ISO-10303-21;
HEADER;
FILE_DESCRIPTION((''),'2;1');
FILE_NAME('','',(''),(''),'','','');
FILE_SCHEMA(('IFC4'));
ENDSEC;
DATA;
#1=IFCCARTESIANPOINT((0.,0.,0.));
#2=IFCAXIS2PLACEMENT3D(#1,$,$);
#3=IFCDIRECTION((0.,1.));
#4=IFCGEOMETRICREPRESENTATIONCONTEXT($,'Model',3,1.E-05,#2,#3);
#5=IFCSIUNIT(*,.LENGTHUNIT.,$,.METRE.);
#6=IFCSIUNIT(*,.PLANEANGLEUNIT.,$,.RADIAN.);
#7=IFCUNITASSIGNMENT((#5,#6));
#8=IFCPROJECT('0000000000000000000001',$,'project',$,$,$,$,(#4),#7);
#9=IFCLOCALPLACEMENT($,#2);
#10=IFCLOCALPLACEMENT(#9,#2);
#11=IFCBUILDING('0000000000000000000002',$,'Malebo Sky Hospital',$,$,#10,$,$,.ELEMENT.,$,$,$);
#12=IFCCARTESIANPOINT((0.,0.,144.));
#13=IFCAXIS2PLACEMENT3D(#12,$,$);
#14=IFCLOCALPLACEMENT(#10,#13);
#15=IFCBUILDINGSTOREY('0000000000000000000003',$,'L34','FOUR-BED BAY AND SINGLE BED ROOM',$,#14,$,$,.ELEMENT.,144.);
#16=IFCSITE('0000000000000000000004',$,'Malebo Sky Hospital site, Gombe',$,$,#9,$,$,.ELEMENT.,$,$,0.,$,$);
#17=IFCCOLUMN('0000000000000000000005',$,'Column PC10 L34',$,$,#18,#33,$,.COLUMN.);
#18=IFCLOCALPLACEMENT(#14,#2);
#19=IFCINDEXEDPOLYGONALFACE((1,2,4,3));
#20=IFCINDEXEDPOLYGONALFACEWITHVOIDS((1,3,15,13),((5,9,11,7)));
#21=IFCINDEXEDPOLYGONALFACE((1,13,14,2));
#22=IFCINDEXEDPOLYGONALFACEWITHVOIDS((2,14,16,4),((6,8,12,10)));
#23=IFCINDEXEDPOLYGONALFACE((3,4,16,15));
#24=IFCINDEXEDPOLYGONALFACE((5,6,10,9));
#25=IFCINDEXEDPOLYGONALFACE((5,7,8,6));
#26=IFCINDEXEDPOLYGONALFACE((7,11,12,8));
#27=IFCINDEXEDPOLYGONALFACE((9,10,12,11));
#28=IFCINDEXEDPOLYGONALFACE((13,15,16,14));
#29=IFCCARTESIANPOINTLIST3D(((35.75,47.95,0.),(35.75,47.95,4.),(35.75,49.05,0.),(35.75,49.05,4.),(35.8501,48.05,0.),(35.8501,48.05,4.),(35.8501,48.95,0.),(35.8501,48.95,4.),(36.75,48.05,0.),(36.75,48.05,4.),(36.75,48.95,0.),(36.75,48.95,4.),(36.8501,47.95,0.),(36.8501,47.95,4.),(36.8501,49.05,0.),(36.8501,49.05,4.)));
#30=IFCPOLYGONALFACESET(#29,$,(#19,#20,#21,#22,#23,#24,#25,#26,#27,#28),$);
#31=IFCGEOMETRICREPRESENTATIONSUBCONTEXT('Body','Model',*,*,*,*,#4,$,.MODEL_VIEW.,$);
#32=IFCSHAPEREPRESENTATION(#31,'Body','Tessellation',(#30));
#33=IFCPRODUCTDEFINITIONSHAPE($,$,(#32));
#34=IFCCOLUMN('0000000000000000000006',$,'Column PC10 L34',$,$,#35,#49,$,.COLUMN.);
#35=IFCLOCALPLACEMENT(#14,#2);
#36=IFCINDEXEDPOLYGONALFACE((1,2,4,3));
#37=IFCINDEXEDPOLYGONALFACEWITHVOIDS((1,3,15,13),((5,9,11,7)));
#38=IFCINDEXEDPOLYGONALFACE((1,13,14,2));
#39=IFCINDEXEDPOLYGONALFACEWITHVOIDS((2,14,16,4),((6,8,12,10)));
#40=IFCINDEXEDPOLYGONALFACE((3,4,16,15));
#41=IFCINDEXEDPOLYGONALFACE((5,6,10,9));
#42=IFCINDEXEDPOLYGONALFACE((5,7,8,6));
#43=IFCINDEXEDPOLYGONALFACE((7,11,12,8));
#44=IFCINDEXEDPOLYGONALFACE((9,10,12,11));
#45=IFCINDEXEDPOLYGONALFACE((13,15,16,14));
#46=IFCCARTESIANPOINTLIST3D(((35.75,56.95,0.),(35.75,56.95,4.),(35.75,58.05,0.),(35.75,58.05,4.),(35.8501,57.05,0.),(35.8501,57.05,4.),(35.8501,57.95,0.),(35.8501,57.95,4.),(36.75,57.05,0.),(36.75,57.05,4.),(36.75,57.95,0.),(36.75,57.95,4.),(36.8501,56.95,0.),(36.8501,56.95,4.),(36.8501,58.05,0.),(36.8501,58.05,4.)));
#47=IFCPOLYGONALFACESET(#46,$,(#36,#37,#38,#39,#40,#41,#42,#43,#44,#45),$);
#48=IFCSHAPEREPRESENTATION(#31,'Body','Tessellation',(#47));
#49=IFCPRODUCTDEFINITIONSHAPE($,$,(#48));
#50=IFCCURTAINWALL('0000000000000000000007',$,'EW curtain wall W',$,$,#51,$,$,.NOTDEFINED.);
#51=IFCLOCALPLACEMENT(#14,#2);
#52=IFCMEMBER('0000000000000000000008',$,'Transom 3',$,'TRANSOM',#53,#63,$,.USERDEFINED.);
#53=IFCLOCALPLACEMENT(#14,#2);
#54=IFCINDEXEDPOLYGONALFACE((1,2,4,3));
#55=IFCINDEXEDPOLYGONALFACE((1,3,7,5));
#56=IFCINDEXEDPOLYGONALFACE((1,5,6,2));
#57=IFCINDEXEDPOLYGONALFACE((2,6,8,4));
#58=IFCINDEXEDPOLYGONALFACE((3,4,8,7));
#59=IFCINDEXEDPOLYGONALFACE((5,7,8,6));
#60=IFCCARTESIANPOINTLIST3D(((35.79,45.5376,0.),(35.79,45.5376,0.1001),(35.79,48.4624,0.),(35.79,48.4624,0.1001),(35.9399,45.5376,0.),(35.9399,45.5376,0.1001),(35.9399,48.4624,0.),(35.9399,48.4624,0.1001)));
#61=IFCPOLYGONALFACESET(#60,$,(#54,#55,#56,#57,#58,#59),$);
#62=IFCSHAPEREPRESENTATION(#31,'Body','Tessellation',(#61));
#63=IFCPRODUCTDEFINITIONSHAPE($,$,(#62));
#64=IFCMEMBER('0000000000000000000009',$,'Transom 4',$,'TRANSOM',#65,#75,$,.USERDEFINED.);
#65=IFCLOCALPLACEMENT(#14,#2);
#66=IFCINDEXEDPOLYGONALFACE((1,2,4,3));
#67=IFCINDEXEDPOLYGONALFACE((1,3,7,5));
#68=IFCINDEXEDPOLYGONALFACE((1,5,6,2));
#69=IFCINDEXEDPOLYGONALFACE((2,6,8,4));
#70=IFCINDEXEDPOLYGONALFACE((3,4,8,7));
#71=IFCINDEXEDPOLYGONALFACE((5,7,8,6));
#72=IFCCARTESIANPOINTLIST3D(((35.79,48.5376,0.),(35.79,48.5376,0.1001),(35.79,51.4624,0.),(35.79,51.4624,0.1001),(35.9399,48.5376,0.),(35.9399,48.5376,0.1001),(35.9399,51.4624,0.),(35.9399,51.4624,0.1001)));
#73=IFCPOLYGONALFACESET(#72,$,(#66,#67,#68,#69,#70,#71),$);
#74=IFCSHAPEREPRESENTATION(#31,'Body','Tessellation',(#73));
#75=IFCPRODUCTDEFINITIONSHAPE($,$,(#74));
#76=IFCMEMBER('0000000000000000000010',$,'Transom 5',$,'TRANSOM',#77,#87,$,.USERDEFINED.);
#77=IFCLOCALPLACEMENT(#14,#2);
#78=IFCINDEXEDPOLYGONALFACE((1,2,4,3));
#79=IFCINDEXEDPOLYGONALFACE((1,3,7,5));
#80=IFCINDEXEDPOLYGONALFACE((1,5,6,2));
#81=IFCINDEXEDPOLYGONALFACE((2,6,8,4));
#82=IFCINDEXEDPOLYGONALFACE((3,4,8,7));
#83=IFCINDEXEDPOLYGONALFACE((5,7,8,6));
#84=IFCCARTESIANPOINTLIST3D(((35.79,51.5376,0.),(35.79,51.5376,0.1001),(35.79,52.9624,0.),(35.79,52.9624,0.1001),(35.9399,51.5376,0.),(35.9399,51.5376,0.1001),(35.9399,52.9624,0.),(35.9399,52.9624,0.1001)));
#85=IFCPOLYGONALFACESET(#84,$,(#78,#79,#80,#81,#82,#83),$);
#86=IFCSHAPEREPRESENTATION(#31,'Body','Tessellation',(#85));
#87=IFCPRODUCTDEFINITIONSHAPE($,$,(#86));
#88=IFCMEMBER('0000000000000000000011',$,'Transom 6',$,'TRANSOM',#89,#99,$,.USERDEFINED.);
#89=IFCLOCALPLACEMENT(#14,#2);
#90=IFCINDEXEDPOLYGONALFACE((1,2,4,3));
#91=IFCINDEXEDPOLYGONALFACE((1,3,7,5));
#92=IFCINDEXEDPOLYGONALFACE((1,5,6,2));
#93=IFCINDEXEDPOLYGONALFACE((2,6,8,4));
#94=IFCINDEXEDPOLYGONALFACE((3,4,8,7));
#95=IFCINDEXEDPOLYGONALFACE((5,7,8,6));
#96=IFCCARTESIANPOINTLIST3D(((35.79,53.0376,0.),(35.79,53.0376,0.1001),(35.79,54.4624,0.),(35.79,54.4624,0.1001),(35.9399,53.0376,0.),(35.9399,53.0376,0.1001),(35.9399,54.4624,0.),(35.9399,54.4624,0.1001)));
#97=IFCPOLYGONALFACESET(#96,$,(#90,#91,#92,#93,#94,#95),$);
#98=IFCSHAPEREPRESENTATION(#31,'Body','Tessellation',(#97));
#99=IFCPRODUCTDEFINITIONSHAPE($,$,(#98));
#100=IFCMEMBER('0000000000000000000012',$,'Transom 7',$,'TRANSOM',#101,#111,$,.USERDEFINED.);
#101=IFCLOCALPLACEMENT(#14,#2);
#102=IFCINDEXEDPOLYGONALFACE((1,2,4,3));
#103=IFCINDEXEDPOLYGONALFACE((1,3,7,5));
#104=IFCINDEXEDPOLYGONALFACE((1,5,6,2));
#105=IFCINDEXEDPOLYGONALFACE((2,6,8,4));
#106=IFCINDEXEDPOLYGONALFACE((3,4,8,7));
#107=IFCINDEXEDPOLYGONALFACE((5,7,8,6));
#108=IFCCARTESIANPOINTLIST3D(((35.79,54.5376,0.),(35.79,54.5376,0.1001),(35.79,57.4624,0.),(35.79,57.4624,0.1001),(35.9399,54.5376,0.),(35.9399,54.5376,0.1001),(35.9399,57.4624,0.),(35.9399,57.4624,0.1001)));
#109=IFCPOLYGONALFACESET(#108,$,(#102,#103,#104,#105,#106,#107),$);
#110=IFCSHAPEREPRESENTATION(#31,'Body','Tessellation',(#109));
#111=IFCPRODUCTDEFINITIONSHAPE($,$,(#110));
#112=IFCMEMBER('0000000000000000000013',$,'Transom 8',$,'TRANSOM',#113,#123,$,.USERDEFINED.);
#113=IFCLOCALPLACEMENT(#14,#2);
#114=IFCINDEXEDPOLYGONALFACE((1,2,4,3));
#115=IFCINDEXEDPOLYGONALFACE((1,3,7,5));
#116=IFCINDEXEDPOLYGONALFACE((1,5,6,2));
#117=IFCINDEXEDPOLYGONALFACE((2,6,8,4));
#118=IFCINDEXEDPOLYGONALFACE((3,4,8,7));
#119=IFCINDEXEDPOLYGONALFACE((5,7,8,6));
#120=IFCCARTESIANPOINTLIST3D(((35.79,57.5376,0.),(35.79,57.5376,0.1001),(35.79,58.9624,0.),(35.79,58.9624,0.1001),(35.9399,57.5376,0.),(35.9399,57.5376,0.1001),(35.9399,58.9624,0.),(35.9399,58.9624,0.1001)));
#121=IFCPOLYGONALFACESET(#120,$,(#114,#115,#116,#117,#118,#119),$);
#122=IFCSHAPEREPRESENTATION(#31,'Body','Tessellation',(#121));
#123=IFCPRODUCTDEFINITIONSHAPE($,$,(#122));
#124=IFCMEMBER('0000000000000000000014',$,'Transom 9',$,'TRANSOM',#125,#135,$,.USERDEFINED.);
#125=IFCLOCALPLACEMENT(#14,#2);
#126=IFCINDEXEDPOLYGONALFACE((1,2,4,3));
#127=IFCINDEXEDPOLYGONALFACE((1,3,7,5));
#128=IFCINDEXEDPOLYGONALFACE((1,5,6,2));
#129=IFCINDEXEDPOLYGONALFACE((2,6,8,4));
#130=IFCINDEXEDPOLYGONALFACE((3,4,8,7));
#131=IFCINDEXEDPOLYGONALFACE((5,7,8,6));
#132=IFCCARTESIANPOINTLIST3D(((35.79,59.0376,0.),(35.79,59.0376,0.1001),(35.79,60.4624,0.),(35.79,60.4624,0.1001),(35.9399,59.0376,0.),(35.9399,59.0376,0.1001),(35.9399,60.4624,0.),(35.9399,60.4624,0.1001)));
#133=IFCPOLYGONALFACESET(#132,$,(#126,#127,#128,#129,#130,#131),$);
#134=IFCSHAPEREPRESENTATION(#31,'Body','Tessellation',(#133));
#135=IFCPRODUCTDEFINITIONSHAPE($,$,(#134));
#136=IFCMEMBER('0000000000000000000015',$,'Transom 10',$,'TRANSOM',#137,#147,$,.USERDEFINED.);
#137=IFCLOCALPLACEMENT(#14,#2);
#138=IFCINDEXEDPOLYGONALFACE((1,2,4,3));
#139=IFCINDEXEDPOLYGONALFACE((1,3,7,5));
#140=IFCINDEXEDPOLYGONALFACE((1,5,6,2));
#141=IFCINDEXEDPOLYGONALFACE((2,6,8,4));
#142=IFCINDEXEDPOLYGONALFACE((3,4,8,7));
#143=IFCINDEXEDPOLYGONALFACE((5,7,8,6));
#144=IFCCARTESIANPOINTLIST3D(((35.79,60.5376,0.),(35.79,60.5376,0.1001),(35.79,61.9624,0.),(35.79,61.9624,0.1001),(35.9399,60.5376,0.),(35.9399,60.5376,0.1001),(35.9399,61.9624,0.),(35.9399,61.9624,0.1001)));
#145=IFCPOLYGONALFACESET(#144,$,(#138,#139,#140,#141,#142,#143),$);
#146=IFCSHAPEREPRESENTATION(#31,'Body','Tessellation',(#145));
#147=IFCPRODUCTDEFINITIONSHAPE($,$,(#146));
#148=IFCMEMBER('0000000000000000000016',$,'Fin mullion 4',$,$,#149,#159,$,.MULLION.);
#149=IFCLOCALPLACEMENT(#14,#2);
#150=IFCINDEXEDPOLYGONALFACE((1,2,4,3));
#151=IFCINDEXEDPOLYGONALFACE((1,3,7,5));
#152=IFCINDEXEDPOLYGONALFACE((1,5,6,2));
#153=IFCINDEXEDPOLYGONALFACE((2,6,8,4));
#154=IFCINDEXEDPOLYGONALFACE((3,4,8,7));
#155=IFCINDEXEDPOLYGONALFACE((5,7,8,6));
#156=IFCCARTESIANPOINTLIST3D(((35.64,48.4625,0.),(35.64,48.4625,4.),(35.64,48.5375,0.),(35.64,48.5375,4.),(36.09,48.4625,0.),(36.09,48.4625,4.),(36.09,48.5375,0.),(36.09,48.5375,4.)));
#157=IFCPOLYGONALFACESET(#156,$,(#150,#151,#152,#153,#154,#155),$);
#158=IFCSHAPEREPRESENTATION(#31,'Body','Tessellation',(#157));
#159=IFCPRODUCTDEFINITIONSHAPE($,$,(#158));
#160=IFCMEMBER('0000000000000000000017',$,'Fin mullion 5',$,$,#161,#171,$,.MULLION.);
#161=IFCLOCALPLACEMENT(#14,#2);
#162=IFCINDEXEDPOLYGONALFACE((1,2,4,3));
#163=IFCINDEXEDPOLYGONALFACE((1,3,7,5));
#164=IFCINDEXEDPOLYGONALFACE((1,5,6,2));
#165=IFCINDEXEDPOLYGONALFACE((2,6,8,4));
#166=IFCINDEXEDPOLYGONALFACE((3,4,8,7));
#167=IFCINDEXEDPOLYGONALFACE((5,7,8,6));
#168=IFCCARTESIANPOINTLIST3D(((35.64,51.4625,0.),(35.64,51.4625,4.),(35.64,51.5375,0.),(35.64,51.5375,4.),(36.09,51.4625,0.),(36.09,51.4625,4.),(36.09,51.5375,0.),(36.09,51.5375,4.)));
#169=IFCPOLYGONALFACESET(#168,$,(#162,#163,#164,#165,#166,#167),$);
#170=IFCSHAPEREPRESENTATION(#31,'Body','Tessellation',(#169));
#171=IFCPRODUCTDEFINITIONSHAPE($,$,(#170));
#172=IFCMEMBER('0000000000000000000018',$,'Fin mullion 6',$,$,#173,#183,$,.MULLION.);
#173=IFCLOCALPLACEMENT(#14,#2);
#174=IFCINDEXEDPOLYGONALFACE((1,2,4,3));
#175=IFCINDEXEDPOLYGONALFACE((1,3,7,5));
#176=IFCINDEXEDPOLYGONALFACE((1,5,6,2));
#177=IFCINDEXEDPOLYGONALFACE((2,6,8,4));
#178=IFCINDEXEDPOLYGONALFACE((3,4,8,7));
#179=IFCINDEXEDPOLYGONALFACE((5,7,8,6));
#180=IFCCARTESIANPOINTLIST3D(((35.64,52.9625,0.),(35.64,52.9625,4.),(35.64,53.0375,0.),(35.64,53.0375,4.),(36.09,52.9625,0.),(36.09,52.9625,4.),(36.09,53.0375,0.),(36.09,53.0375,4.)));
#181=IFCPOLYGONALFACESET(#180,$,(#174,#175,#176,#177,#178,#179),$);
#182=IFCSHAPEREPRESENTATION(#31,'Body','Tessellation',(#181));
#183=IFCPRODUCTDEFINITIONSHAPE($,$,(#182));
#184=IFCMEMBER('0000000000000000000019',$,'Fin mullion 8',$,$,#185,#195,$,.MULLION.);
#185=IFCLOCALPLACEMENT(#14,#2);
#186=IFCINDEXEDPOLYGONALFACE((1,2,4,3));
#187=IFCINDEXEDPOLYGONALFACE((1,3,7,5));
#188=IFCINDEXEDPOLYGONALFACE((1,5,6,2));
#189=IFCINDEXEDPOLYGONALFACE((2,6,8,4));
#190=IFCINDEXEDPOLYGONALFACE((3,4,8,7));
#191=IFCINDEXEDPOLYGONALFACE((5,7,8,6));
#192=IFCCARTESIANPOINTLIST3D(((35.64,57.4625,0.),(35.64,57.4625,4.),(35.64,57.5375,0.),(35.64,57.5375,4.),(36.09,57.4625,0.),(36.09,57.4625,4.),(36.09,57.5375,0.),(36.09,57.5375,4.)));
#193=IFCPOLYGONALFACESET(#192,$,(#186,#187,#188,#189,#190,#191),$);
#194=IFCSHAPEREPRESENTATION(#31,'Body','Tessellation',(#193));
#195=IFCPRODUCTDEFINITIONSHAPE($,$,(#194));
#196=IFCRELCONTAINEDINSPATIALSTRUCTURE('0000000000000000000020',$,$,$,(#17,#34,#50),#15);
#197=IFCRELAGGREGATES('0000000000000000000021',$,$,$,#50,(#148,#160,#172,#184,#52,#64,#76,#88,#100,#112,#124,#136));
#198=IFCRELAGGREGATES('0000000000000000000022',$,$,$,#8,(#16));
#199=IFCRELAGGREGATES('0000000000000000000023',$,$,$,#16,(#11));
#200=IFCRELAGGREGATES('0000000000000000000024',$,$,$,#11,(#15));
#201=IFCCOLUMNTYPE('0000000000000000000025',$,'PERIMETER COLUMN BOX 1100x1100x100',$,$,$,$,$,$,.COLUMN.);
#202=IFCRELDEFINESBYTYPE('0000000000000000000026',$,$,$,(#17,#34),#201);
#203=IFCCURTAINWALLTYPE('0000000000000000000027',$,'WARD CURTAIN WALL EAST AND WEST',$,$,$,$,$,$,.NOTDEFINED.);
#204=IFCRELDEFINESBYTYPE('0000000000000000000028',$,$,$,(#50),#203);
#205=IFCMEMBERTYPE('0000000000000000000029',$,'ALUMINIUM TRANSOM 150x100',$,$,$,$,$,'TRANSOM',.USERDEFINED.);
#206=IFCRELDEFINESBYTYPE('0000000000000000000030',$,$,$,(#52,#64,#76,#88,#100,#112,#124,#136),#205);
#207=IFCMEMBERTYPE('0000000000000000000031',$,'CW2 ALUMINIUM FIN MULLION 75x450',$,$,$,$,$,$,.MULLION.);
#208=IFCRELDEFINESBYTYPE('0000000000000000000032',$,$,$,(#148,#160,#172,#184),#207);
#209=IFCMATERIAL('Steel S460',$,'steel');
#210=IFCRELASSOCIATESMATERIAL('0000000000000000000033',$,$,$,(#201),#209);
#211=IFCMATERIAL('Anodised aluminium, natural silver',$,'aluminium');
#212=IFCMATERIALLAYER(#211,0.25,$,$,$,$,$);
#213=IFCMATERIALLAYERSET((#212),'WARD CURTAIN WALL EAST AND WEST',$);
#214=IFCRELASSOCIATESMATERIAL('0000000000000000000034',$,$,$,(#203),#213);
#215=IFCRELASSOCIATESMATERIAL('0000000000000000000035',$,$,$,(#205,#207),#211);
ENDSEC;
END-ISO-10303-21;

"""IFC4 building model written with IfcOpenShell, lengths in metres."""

from ifc_helpers import new_model, si_unit, direction, frame, origin, origin_2d, place, context, subcontext, project, spatial, rectangle, hollow_rectangle, extrude, material, layer, layer_set, material_profile, profile_set, type_object, element, aggregate, save


model = new_model("IFC4")

# Units and contexts
model_context = context("Model", 3, precision=1e-05, world=origin(), true_north=direction((0.0, 1.0)))
body_context = subcontext(model_context, "Body", "Model", "MODEL_VIEW")
ifc_project = project(units=[si_unit("LENGTHUNIT", "METRE"), si_unit("PLANEANGLEUNIT", "RADIAN")], contexts=[model_context])

# Site, building, storey
site_placement = place(None, origin())
site = spatial("IfcSite", under=ifc_project, at=site_placement, Name="Malebo Sky Hospital site, Gombe", CompositionType="ELEMENT", RefElevation=0.0)
building_placement = place(site_placement, origin())
building = spatial("IfcBuilding", under=site, at=building_placement, Name="Malebo Sky Hospital", CompositionType="ELEMENT")
storey_placement = place(building_placement, frame((0.0, 0.0, 144.0)))
storey = spatial("IfcBuildingStorey", under=building, at=storey_placement, Name="L34", Description="FOUR-BED BAY AND SINGLE BED ROOM", CompositionType="ELEMENT", Elevation=144.0)

# Columns
ifc_material_1 = material(Name="Steel S460", Category="steel")
ifc_material_profile_1 = material_profile(ifc_material_1, hollow_rectangle(XDim=1.1001, YDim=1.1001, WallThickness=0.1001, at=origin_2d()), Name="BOX 1100x1100x100")
ifc_profile_set_1 = profile_set([ifc_material_profile_1], Name="Steel S460")
column_type = type_object("IfcColumnType", Name="PERIMETER COLUMN BOX 1100x1100x100", PredefinedType="COLUMN", material=ifc_profile_set_1)
for number, where, z_axis, x_axis, name in (
    (1, (36.3, 48.5, 0.0), (0.0, 0.0, 1.0), (1.0, 0.0, 0.0), "Column PC10 L34"),
    (2, (36.3, 57.5, 0.0), (0.0, 0.0, 1.0), (1.0, 0.0, 0.0), "Column PC10 L34"),
):
    element("IfcColumn", number, at=place(storey_placement, frame(where, z_axis=z_axis, x_axis=x_axis)), inside=storey, type_object=column_type, Name=name, PredefinedType="COLUMN", context=body_context, shape_type="SweptSolid", body=[
        extrude(hollow_rectangle(XDim=1.1001, YDim=1.1001, WallThickness=0.1001, at=origin_2d()), origin(), (0.0, 0.0, 1.0), 4.0),
    ])

# Curtain wall, members
ifc_material_2 = material(Name="Anodised aluminium, natural silver", Category="aluminium")
ifc_layer_1 = layer(ifc_material_2, 0.25)
ifc_layer_set_1 = layer_set([ifc_layer_1], Name="WARD CURTAIN WALL EAST AND WEST")
curtain_wall_type = type_object("IfcCurtainWallType", Name="WARD CURTAIN WALL EAST AND WEST", PredefinedType="NOTDEFINED", material=ifc_layer_set_1)
curtain_wall_placement = place(storey_placement, origin())
curtain_wall = element("IfcCurtainWall", 3, at=curtain_wall_placement, inside=storey, type_object=curtain_wall_type, Name="EW curtain wall W", PredefinedType="NOTDEFINED")
ifc_material_profile_2 = material_profile(ifc_material_2, rectangle(XDim=0.1499, YDim=0.1001, at=origin_2d()), Name="ALUMINIUM TRANSOM 150x100")
ifc_profile_set_2 = profile_set([ifc_material_profile_2], Name="Anodised aluminium, natural silver")
member_type_1 = type_object("IfcMemberType", Name="ALUMINIUM TRANSOM 150x100", ElementType="TRANSOM", PredefinedType="USERDEFINED", material=ifc_profile_set_2)
member_1_placement = place(storey_placement, frame((35.865, 45.5376, 0.05), z_axis=(0.0, 1.0, 0.0), x_axis=(-1.0, 0.0, 0.0)))
member_1 = element("IfcMember", 4, at=member_1_placement, type_object=member_type_1, Name="Transom 3", ObjectType="TRANSOM", PredefinedType="USERDEFINED", context=body_context, shape_type="SweptSolid", body=[
    extrude(rectangle(XDim=0.1499, YDim=0.1001, at=origin_2d()), origin(), (0.0, 0.0, 1.0), 2.9248),
])
member_2_placement = place(storey_placement, frame((35.865, 48.5376, 0.05), z_axis=(0.0, 1.0, 0.0), x_axis=(-1.0, 0.0, 0.0)))
member_2 = element("IfcMember", 5, at=member_2_placement, type_object=member_type_1, Name="Transom 4", ObjectType="TRANSOM", PredefinedType="USERDEFINED", context=body_context, shape_type="SweptSolid", body=[
    extrude(rectangle(XDim=0.1499, YDim=0.1001, at=origin_2d()), origin(), (0.0, 0.0, 1.0), 2.9248),
])
member_3_placement = place(storey_placement, frame((35.865, 51.5376, 0.05), z_axis=(0.0, 1.0, 0.0), x_axis=(-1.0, 0.0, 0.0)))
member_3 = element("IfcMember", 6, at=member_3_placement, type_object=member_type_1, Name="Transom 5", ObjectType="TRANSOM", PredefinedType="USERDEFINED", context=body_context, shape_type="SweptSolid", body=[
    extrude(rectangle(XDim=0.1499, YDim=0.1001, at=origin_2d()), origin(), (0.0, 0.0, 1.0), 1.4248),
])
member_4_placement = place(storey_placement, frame((35.865, 53.0376, 0.05), z_axis=(0.0, 1.0, 0.0), x_axis=(-1.0, 0.0, 0.0)))
member_4 = element("IfcMember", 7, at=member_4_placement, type_object=member_type_1, Name="Transom 6", ObjectType="TRANSOM", PredefinedType="USERDEFINED", context=body_context, shape_type="SweptSolid", body=[
    extrude(rectangle(XDim=0.1499, YDim=0.1001, at=origin_2d()), origin(), (0.0, 0.0, 1.0), 1.4248),
])
member_5_placement = place(storey_placement, frame((35.865, 54.5376, 0.05), z_axis=(0.0, 1.0, 0.0), x_axis=(-1.0, 0.0, 0.0)))
member_5 = element("IfcMember", 8, at=member_5_placement, type_object=member_type_1, Name="Transom 7", ObjectType="TRANSOM", PredefinedType="USERDEFINED", context=body_context, shape_type="SweptSolid", body=[
    extrude(rectangle(XDim=0.1499, YDim=0.1001, at=origin_2d()), origin(), (0.0, 0.0, 1.0), 2.9248),
])
member_6_placement = place(storey_placement, frame((35.865, 57.5376, 0.05), z_axis=(0.0, 1.0, 0.0), x_axis=(-1.0, 0.0, 0.0)))
member_6 = element("IfcMember", 9, at=member_6_placement, type_object=member_type_1, Name="Transom 8", ObjectType="TRANSOM", PredefinedType="USERDEFINED", context=body_context, shape_type="SweptSolid", body=[
    extrude(rectangle(XDim=0.1499, YDim=0.1001, at=origin_2d()), origin(), (0.0, 0.0, 1.0), 1.4248),
])
member_7_placement = place(storey_placement, frame((35.865, 59.0376, 0.05), z_axis=(0.0, 1.0, 0.0), x_axis=(-1.0, 0.0, 0.0)))
member_7 = element("IfcMember", 10, at=member_7_placement, type_object=member_type_1, Name="Transom 9", ObjectType="TRANSOM", PredefinedType="USERDEFINED", context=body_context, shape_type="SweptSolid", body=[
    extrude(rectangle(XDim=0.1499, YDim=0.1001, at=origin_2d()), origin(), (0.0, 0.0, 1.0), 1.4248),
])
member_8_placement = place(storey_placement, frame((35.865, 60.5376, 0.05), z_axis=(0.0, 1.0, 0.0), x_axis=(-1.0, 0.0, 0.0)))
member_8 = element("IfcMember", 11, at=member_8_placement, type_object=member_type_1, Name="Transom 10", ObjectType="TRANSOM", PredefinedType="USERDEFINED", context=body_context, shape_type="SweptSolid", body=[
    extrude(rectangle(XDim=0.1499, YDim=0.1001, at=origin_2d()), origin(), (0.0, 0.0, 1.0), 1.4248),
])
ifc_material_profile_3 = material_profile(ifc_material_2, rectangle(XDim=0.075, YDim=0.45, at=origin_2d()), Name="CW2 ALUMINIUM FIN MULLION 75x450")
ifc_profile_set_3 = profile_set([ifc_material_profile_3], Name="Anodised aluminium, natural silver")
member_type_2 = type_object("IfcMemberType", Name="CW2 ALUMINIUM FIN MULLION 75x450", PredefinedType="MULLION", material=ifc_profile_set_3)
member_9_placement = place(storey_placement, frame((35.865, 48.5, 0.0), z_axis=(0.0, 0.0, 1.0), x_axis=(0.0, 1.0, 0.0)))
member_9 = element("IfcMember", 12, at=member_9_placement, type_object=member_type_2, Name="Fin mullion 4", PredefinedType="MULLION", context=body_context, shape_type="SweptSolid", body=[
    extrude(rectangle(XDim=0.075, YDim=0.45, at=origin_2d()), origin(), (0.0, 0.0, 1.0), 4.0),
])
member_10_placement = place(storey_placement, frame((35.865, 51.5, 0.0), z_axis=(0.0, 0.0, 1.0), x_axis=(0.0, 1.0, 0.0)))
member_10 = element("IfcMember", 13, at=member_10_placement, type_object=member_type_2, Name="Fin mullion 5", PredefinedType="MULLION", context=body_context, shape_type="SweptSolid", body=[
    extrude(rectangle(XDim=0.075, YDim=0.45, at=origin_2d()), origin(), (0.0, 0.0, 1.0), 4.0),
])
member_11_placement = place(storey_placement, frame((35.865, 53.0, 0.0), z_axis=(0.0, 0.0, 1.0), x_axis=(0.0, 1.0, 0.0)))
member_11 = element("IfcMember", 14, at=member_11_placement, type_object=member_type_2, Name="Fin mullion 6", PredefinedType="MULLION", context=body_context, shape_type="SweptSolid", body=[
    extrude(rectangle(XDim=0.075, YDim=0.45, at=origin_2d()), origin(), (0.0, 0.0, 1.0), 4.0),
])
member_12_placement = place(storey_placement, frame((35.865, 57.5, 0.0), z_axis=(0.0, 0.0, 1.0), x_axis=(0.0, 1.0, 0.0)))
member_12 = element("IfcMember", 15, at=member_12_placement, type_object=member_type_2, Name="Fin mullion 8", PredefinedType="MULLION", context=body_context, shape_type="SweptSolid", body=[
    extrude(rectangle(XDim=0.075, YDim=0.45, at=origin_2d()), origin(), (0.0, 0.0, 1.0), 4.0),
])

aggregate(curtain_wall, [member_9, member_10, member_11, member_12, member_1, member_2, member_3, member_4, member_5, member_6, member_7, member_8])

save(model, "model.ifc")
